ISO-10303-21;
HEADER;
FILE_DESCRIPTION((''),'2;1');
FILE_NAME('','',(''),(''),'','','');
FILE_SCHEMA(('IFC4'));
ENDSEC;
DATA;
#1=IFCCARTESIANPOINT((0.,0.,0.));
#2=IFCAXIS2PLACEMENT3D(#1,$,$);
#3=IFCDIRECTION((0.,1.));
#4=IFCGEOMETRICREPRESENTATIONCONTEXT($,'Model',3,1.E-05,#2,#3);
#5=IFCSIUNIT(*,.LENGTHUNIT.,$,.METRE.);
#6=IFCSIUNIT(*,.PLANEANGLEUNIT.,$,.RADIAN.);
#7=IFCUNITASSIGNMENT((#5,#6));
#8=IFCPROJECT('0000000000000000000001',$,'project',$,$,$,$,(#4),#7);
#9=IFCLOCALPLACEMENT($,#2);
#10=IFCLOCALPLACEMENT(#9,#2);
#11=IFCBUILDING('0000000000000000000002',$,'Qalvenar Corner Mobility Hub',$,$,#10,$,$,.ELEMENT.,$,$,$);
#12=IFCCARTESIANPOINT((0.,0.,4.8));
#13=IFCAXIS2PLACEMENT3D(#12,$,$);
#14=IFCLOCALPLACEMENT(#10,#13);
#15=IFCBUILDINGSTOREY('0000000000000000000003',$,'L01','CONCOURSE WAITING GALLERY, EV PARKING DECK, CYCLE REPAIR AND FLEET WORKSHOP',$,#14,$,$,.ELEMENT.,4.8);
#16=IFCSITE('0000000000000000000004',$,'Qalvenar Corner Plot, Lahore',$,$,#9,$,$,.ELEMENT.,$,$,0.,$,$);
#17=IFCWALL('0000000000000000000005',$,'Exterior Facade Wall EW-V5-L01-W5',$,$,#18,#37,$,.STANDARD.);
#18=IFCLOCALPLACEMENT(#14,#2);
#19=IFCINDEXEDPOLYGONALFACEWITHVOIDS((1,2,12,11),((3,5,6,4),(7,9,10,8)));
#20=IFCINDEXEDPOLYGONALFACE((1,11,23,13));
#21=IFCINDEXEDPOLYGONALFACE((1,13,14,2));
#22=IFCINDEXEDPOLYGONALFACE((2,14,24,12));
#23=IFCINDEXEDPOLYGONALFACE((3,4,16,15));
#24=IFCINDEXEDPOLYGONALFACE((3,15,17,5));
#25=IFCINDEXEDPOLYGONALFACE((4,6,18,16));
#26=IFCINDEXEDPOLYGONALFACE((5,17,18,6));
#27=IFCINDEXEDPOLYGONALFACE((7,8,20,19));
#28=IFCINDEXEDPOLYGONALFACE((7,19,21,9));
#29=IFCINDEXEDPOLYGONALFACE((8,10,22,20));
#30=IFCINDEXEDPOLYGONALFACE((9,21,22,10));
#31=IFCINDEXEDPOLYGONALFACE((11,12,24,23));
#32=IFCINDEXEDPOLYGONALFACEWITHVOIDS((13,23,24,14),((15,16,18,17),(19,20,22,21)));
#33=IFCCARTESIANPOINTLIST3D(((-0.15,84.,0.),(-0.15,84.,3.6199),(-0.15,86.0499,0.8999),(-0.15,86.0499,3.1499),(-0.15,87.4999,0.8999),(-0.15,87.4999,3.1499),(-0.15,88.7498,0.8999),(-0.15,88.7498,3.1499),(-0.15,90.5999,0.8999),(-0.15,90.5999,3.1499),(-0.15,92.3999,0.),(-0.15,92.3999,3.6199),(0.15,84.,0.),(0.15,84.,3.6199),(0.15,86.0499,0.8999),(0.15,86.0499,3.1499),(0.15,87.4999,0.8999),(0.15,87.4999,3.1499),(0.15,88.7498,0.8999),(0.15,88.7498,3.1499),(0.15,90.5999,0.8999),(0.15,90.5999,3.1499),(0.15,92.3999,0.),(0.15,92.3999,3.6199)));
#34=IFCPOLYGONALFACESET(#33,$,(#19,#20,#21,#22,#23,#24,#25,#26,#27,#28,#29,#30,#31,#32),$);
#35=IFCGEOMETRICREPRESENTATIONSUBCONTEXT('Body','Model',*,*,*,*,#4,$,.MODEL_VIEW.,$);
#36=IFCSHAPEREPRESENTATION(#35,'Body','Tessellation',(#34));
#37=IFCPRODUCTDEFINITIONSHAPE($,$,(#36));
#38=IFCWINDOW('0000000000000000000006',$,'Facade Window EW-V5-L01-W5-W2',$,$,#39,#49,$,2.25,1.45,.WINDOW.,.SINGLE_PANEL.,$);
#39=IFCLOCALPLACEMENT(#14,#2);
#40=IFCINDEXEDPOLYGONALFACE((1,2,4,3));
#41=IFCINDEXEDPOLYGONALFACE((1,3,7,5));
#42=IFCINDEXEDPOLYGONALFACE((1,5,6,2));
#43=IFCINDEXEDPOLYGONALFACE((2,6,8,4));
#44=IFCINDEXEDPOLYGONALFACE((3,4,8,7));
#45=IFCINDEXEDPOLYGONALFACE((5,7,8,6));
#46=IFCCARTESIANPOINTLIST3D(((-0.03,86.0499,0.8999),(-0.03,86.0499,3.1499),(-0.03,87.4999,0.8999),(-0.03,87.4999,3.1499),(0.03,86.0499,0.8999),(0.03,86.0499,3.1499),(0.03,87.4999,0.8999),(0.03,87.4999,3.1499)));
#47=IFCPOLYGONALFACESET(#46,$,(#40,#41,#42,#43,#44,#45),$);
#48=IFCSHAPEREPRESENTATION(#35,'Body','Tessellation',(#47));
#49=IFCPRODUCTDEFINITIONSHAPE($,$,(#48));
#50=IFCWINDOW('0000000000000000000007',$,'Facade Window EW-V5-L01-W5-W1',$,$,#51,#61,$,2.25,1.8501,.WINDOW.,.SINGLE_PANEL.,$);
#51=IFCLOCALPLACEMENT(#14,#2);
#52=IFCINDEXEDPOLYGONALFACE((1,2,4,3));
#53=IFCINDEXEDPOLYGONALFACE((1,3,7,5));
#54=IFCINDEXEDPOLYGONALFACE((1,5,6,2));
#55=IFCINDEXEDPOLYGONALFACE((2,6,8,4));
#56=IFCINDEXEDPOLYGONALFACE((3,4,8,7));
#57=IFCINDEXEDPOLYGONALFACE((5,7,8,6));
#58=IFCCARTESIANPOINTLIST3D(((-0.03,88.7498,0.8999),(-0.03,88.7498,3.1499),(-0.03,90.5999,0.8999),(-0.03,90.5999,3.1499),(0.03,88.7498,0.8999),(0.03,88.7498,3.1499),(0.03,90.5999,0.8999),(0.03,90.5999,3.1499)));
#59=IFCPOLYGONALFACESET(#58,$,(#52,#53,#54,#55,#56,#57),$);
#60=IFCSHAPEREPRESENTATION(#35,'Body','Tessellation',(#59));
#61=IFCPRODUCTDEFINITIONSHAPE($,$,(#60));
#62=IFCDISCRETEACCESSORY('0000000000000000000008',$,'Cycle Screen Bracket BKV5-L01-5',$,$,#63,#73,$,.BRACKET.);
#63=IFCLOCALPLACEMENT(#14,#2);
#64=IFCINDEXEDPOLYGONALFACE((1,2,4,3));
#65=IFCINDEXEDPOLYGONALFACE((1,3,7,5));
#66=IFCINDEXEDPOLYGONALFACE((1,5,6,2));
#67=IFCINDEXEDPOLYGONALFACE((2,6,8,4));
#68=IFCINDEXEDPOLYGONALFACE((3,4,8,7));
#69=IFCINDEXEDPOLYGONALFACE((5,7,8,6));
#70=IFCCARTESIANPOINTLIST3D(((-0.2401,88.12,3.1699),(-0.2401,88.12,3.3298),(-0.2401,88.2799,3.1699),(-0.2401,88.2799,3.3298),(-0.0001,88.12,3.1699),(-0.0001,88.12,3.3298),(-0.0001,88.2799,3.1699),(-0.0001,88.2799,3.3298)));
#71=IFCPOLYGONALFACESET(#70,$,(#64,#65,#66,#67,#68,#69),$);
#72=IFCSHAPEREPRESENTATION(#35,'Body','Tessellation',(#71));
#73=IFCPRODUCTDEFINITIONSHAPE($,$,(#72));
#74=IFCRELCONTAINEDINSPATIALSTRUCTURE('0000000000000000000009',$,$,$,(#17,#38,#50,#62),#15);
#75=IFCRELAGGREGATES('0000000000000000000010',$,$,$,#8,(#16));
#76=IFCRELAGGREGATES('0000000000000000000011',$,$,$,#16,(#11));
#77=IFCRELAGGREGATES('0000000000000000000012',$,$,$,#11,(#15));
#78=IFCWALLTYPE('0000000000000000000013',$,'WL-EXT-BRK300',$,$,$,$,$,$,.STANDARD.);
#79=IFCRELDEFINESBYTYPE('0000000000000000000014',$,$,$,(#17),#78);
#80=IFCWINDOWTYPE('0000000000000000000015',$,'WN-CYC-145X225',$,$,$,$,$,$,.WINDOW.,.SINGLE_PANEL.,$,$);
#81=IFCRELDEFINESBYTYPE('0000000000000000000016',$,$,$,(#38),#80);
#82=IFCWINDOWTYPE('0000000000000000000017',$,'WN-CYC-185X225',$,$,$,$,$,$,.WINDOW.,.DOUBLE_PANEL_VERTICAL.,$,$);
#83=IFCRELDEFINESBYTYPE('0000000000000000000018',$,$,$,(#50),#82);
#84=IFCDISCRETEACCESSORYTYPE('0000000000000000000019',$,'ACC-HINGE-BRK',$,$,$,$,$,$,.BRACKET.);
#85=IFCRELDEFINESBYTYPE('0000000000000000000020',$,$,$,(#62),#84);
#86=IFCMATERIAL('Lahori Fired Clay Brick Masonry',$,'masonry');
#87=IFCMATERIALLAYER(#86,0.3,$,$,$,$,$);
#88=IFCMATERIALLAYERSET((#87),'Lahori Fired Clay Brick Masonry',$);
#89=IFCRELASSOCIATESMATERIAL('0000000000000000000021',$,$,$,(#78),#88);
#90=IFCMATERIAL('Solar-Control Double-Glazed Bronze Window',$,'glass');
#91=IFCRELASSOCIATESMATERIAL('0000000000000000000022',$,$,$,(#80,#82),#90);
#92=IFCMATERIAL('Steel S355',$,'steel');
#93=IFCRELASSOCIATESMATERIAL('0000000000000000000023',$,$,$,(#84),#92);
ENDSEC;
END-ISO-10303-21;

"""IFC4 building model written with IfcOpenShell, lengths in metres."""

from ifc_helpers import new_model, si_unit, direction, frame, frame_2d, origin, origin_2d, place, context, subcontext, project, spatial, rectangle, extrude, material, layer, layer_set, type_object, element, fill, save


model = new_model("IFC4")

# Units and contexts
model_context = context("Model", 3, precision=1e-05, world=origin(), true_north=direction((0.0, 1.0)))
body_context = subcontext(model_context, "Body", "Model", "MODEL_VIEW")
ifc_project = project(units=[si_unit("LENGTHUNIT", "METRE"), si_unit("PLANEANGLEUNIT", "RADIAN")], contexts=[model_context])

# Site, building, storey
site_placement = place(None, origin())
site = spatial("IfcSite", under=ifc_project, at=site_placement, Name="Qalvenar Corner Plot, Lahore", CompositionType="ELEMENT", RefElevation=0.0)
building_placement = place(site_placement, origin())
building = spatial("IfcBuilding", under=site, at=building_placement, Name="Qalvenar Corner Mobility Hub", CompositionType="ELEMENT")
storey_placement = place(building_placement, frame((0.0, 0.0, 4.8)))
storey = spatial("IfcBuildingStorey", under=building, at=storey_placement, Name="L01", Description="CONCOURSE WAITING GALLERY, EV PARKING DECK, CYCLE REPAIR AND FLEET WORKSHOP", CompositionType="ELEMENT", Elevation=4.8)

# Shared definitions
ifc_material_1 = material(Name="Steel S355", Category="steel")

# Wall, openings, windows
ifc_material_2 = material(Name="Lahori Fired Clay Brick Masonry", Category="masonry")
ifc_layer_1 = layer(ifc_material_2, 0.3)
ifc_layer_set_1 = layer_set([ifc_layer_1], Name="Lahori Fired Clay Brick Masonry")
wall_type = type_object("IfcWallType", Name="WL-EXT-BRK300", PredefinedType="STANDARD", material=ifc_layer_set_1)
wall_placement = place(storey_placement, frame((0.0, 92.3999, 0.0), z_axis=(0.0, 0.0, 1.0), x_axis=(0.0, -1.0, 0.0)))
wall = element("IfcWall", 1, at=wall_placement, inside=storey, type_object=wall_type, Name="Exterior Facade Wall EW-V5-L01-W5", PredefinedType="STANDARD", context=body_context, shape_type="SweptSolid", body=[
    extrude(rectangle(XDim=8.3999, YDim=0.3, at=frame_2d((4.2, 0.0))), origin(), (0.0, 0.0, 1.0), 3.6199),
])
opening_1_placement = place(wall_placement, frame((1.8, 0.0, 0.8999)))
opening_1 = element("IfcOpeningElement", 2, at=opening_1_placement, cuts=wall, PredefinedType="OPENING", context=body_context, shape_type="SweptSolid", body=[
    extrude(rectangle(XDim=1.8501, YDim=2.25, at=frame_2d((0.925, 1.125))), frame((0.0, 0.1602, 0.0), z_axis=(0.0, -1.0, 0.0), x_axis=(1.0, 0.0, 0.0)), (0.0, 0.0, 1.0), 0.3201),
])
opening_2_placement = place(wall_placement, frame((4.8999, 0.0, 0.8999)))
opening_2 = element("IfcOpeningElement", 3, at=opening_2_placement, cuts=wall, PredefinedType="OPENING", context=body_context, shape_type="SweptSolid", body=[
    extrude(rectangle(XDim=1.45, YDim=2.25, at=frame_2d((0.7251, 1.125))), frame((0.0, 0.1602, 0.0), z_axis=(0.0, -1.0, 0.0), x_axis=(1.0, 0.0, 0.0)), (0.0, 0.0, 1.0), 0.3201),
])
ifc_material_3 = material(Name="Solar-Control Double-Glazed Bronze Window", Category="glass")
window_type_1 = type_object("IfcWindowType", Name="WN-CYC-145X225", PartitioningType="SINGLE_PANEL", PredefinedType="WINDOW", material=ifc_material_3)
window_1_placement = place(opening_2_placement, origin())
window_1 = element("IfcWindow", 4, at=window_1_placement, inside=storey, type_object=window_type_1, Name="Facade Window EW-V5-L01-W5-W2", OverallHeight=2.25, OverallWidth=1.45, PartitioningType="SINGLE_PANEL", PredefinedType="WINDOW", context=body_context, shape_type="SweptSolid", body=[
    extrude(rectangle(XDim=1.45, YDim=2.25, at=frame_2d((0.7251, 1.125))), frame((0.0, 0.03, 0.0), z_axis=(0.0, -1.0, 0.0), x_axis=(1.0, 0.0, 0.0)), (0.0, 0.0, 1.0), 0.0601),
])
fill(opening_2, window_1)
window_type_2 = type_object("IfcWindowType", Name="WN-CYC-185X225", PartitioningType="DOUBLE_PANEL_VERTICAL", PredefinedType="WINDOW", material=ifc_material_3)
window_2_placement = place(opening_1_placement, origin())
window_2 = element("IfcWindow", 5, at=window_2_placement, inside=storey, type_object=window_type_2, Name="Facade Window EW-V5-L01-W5-W1", OverallHeight=2.25, OverallWidth=1.8501, PartitioningType="SINGLE_PANEL", PredefinedType="WINDOW", context=body_context, shape_type="SweptSolid", body=[
    extrude(rectangle(XDim=1.8501, YDim=2.25, at=frame_2d((0.925, 1.125))), frame((0.0, 0.03, 0.0), z_axis=(0.0, -1.0, 0.0), x_axis=(1.0, 0.0, 0.0)), (0.0, 0.0, 1.0), 0.0601),
])
fill(opening_1, window_2)

# Discrete accessory
discrete_accessory_type = type_object("IfcDiscreteAccessoryType", Name="ACC-HINGE-BRK", PredefinedType="BRACKET", material=ifc_material_1)
discrete_accessory_placement = place(storey_placement, frame((-0.1201, 88.2, 3.1699), z_axis=(0.0, 0.0, 1.0), x_axis=(0.0, 1.0, 0.0)))
element("IfcDiscreteAccessory", 6, at=discrete_accessory_placement, inside=storey, type_object=discrete_accessory_type, Name="Cycle Screen Bracket BKV5-L01-5", PredefinedType="BRACKET", context=body_context, shape_type="SweptSolid", body=[
    extrude(rectangle(XDim=0.1599, YDim=0.24, at=origin_2d()), origin(), (0.0, 0.0, 1.0), 0.1599),
])

save(model, "model.ifc")
